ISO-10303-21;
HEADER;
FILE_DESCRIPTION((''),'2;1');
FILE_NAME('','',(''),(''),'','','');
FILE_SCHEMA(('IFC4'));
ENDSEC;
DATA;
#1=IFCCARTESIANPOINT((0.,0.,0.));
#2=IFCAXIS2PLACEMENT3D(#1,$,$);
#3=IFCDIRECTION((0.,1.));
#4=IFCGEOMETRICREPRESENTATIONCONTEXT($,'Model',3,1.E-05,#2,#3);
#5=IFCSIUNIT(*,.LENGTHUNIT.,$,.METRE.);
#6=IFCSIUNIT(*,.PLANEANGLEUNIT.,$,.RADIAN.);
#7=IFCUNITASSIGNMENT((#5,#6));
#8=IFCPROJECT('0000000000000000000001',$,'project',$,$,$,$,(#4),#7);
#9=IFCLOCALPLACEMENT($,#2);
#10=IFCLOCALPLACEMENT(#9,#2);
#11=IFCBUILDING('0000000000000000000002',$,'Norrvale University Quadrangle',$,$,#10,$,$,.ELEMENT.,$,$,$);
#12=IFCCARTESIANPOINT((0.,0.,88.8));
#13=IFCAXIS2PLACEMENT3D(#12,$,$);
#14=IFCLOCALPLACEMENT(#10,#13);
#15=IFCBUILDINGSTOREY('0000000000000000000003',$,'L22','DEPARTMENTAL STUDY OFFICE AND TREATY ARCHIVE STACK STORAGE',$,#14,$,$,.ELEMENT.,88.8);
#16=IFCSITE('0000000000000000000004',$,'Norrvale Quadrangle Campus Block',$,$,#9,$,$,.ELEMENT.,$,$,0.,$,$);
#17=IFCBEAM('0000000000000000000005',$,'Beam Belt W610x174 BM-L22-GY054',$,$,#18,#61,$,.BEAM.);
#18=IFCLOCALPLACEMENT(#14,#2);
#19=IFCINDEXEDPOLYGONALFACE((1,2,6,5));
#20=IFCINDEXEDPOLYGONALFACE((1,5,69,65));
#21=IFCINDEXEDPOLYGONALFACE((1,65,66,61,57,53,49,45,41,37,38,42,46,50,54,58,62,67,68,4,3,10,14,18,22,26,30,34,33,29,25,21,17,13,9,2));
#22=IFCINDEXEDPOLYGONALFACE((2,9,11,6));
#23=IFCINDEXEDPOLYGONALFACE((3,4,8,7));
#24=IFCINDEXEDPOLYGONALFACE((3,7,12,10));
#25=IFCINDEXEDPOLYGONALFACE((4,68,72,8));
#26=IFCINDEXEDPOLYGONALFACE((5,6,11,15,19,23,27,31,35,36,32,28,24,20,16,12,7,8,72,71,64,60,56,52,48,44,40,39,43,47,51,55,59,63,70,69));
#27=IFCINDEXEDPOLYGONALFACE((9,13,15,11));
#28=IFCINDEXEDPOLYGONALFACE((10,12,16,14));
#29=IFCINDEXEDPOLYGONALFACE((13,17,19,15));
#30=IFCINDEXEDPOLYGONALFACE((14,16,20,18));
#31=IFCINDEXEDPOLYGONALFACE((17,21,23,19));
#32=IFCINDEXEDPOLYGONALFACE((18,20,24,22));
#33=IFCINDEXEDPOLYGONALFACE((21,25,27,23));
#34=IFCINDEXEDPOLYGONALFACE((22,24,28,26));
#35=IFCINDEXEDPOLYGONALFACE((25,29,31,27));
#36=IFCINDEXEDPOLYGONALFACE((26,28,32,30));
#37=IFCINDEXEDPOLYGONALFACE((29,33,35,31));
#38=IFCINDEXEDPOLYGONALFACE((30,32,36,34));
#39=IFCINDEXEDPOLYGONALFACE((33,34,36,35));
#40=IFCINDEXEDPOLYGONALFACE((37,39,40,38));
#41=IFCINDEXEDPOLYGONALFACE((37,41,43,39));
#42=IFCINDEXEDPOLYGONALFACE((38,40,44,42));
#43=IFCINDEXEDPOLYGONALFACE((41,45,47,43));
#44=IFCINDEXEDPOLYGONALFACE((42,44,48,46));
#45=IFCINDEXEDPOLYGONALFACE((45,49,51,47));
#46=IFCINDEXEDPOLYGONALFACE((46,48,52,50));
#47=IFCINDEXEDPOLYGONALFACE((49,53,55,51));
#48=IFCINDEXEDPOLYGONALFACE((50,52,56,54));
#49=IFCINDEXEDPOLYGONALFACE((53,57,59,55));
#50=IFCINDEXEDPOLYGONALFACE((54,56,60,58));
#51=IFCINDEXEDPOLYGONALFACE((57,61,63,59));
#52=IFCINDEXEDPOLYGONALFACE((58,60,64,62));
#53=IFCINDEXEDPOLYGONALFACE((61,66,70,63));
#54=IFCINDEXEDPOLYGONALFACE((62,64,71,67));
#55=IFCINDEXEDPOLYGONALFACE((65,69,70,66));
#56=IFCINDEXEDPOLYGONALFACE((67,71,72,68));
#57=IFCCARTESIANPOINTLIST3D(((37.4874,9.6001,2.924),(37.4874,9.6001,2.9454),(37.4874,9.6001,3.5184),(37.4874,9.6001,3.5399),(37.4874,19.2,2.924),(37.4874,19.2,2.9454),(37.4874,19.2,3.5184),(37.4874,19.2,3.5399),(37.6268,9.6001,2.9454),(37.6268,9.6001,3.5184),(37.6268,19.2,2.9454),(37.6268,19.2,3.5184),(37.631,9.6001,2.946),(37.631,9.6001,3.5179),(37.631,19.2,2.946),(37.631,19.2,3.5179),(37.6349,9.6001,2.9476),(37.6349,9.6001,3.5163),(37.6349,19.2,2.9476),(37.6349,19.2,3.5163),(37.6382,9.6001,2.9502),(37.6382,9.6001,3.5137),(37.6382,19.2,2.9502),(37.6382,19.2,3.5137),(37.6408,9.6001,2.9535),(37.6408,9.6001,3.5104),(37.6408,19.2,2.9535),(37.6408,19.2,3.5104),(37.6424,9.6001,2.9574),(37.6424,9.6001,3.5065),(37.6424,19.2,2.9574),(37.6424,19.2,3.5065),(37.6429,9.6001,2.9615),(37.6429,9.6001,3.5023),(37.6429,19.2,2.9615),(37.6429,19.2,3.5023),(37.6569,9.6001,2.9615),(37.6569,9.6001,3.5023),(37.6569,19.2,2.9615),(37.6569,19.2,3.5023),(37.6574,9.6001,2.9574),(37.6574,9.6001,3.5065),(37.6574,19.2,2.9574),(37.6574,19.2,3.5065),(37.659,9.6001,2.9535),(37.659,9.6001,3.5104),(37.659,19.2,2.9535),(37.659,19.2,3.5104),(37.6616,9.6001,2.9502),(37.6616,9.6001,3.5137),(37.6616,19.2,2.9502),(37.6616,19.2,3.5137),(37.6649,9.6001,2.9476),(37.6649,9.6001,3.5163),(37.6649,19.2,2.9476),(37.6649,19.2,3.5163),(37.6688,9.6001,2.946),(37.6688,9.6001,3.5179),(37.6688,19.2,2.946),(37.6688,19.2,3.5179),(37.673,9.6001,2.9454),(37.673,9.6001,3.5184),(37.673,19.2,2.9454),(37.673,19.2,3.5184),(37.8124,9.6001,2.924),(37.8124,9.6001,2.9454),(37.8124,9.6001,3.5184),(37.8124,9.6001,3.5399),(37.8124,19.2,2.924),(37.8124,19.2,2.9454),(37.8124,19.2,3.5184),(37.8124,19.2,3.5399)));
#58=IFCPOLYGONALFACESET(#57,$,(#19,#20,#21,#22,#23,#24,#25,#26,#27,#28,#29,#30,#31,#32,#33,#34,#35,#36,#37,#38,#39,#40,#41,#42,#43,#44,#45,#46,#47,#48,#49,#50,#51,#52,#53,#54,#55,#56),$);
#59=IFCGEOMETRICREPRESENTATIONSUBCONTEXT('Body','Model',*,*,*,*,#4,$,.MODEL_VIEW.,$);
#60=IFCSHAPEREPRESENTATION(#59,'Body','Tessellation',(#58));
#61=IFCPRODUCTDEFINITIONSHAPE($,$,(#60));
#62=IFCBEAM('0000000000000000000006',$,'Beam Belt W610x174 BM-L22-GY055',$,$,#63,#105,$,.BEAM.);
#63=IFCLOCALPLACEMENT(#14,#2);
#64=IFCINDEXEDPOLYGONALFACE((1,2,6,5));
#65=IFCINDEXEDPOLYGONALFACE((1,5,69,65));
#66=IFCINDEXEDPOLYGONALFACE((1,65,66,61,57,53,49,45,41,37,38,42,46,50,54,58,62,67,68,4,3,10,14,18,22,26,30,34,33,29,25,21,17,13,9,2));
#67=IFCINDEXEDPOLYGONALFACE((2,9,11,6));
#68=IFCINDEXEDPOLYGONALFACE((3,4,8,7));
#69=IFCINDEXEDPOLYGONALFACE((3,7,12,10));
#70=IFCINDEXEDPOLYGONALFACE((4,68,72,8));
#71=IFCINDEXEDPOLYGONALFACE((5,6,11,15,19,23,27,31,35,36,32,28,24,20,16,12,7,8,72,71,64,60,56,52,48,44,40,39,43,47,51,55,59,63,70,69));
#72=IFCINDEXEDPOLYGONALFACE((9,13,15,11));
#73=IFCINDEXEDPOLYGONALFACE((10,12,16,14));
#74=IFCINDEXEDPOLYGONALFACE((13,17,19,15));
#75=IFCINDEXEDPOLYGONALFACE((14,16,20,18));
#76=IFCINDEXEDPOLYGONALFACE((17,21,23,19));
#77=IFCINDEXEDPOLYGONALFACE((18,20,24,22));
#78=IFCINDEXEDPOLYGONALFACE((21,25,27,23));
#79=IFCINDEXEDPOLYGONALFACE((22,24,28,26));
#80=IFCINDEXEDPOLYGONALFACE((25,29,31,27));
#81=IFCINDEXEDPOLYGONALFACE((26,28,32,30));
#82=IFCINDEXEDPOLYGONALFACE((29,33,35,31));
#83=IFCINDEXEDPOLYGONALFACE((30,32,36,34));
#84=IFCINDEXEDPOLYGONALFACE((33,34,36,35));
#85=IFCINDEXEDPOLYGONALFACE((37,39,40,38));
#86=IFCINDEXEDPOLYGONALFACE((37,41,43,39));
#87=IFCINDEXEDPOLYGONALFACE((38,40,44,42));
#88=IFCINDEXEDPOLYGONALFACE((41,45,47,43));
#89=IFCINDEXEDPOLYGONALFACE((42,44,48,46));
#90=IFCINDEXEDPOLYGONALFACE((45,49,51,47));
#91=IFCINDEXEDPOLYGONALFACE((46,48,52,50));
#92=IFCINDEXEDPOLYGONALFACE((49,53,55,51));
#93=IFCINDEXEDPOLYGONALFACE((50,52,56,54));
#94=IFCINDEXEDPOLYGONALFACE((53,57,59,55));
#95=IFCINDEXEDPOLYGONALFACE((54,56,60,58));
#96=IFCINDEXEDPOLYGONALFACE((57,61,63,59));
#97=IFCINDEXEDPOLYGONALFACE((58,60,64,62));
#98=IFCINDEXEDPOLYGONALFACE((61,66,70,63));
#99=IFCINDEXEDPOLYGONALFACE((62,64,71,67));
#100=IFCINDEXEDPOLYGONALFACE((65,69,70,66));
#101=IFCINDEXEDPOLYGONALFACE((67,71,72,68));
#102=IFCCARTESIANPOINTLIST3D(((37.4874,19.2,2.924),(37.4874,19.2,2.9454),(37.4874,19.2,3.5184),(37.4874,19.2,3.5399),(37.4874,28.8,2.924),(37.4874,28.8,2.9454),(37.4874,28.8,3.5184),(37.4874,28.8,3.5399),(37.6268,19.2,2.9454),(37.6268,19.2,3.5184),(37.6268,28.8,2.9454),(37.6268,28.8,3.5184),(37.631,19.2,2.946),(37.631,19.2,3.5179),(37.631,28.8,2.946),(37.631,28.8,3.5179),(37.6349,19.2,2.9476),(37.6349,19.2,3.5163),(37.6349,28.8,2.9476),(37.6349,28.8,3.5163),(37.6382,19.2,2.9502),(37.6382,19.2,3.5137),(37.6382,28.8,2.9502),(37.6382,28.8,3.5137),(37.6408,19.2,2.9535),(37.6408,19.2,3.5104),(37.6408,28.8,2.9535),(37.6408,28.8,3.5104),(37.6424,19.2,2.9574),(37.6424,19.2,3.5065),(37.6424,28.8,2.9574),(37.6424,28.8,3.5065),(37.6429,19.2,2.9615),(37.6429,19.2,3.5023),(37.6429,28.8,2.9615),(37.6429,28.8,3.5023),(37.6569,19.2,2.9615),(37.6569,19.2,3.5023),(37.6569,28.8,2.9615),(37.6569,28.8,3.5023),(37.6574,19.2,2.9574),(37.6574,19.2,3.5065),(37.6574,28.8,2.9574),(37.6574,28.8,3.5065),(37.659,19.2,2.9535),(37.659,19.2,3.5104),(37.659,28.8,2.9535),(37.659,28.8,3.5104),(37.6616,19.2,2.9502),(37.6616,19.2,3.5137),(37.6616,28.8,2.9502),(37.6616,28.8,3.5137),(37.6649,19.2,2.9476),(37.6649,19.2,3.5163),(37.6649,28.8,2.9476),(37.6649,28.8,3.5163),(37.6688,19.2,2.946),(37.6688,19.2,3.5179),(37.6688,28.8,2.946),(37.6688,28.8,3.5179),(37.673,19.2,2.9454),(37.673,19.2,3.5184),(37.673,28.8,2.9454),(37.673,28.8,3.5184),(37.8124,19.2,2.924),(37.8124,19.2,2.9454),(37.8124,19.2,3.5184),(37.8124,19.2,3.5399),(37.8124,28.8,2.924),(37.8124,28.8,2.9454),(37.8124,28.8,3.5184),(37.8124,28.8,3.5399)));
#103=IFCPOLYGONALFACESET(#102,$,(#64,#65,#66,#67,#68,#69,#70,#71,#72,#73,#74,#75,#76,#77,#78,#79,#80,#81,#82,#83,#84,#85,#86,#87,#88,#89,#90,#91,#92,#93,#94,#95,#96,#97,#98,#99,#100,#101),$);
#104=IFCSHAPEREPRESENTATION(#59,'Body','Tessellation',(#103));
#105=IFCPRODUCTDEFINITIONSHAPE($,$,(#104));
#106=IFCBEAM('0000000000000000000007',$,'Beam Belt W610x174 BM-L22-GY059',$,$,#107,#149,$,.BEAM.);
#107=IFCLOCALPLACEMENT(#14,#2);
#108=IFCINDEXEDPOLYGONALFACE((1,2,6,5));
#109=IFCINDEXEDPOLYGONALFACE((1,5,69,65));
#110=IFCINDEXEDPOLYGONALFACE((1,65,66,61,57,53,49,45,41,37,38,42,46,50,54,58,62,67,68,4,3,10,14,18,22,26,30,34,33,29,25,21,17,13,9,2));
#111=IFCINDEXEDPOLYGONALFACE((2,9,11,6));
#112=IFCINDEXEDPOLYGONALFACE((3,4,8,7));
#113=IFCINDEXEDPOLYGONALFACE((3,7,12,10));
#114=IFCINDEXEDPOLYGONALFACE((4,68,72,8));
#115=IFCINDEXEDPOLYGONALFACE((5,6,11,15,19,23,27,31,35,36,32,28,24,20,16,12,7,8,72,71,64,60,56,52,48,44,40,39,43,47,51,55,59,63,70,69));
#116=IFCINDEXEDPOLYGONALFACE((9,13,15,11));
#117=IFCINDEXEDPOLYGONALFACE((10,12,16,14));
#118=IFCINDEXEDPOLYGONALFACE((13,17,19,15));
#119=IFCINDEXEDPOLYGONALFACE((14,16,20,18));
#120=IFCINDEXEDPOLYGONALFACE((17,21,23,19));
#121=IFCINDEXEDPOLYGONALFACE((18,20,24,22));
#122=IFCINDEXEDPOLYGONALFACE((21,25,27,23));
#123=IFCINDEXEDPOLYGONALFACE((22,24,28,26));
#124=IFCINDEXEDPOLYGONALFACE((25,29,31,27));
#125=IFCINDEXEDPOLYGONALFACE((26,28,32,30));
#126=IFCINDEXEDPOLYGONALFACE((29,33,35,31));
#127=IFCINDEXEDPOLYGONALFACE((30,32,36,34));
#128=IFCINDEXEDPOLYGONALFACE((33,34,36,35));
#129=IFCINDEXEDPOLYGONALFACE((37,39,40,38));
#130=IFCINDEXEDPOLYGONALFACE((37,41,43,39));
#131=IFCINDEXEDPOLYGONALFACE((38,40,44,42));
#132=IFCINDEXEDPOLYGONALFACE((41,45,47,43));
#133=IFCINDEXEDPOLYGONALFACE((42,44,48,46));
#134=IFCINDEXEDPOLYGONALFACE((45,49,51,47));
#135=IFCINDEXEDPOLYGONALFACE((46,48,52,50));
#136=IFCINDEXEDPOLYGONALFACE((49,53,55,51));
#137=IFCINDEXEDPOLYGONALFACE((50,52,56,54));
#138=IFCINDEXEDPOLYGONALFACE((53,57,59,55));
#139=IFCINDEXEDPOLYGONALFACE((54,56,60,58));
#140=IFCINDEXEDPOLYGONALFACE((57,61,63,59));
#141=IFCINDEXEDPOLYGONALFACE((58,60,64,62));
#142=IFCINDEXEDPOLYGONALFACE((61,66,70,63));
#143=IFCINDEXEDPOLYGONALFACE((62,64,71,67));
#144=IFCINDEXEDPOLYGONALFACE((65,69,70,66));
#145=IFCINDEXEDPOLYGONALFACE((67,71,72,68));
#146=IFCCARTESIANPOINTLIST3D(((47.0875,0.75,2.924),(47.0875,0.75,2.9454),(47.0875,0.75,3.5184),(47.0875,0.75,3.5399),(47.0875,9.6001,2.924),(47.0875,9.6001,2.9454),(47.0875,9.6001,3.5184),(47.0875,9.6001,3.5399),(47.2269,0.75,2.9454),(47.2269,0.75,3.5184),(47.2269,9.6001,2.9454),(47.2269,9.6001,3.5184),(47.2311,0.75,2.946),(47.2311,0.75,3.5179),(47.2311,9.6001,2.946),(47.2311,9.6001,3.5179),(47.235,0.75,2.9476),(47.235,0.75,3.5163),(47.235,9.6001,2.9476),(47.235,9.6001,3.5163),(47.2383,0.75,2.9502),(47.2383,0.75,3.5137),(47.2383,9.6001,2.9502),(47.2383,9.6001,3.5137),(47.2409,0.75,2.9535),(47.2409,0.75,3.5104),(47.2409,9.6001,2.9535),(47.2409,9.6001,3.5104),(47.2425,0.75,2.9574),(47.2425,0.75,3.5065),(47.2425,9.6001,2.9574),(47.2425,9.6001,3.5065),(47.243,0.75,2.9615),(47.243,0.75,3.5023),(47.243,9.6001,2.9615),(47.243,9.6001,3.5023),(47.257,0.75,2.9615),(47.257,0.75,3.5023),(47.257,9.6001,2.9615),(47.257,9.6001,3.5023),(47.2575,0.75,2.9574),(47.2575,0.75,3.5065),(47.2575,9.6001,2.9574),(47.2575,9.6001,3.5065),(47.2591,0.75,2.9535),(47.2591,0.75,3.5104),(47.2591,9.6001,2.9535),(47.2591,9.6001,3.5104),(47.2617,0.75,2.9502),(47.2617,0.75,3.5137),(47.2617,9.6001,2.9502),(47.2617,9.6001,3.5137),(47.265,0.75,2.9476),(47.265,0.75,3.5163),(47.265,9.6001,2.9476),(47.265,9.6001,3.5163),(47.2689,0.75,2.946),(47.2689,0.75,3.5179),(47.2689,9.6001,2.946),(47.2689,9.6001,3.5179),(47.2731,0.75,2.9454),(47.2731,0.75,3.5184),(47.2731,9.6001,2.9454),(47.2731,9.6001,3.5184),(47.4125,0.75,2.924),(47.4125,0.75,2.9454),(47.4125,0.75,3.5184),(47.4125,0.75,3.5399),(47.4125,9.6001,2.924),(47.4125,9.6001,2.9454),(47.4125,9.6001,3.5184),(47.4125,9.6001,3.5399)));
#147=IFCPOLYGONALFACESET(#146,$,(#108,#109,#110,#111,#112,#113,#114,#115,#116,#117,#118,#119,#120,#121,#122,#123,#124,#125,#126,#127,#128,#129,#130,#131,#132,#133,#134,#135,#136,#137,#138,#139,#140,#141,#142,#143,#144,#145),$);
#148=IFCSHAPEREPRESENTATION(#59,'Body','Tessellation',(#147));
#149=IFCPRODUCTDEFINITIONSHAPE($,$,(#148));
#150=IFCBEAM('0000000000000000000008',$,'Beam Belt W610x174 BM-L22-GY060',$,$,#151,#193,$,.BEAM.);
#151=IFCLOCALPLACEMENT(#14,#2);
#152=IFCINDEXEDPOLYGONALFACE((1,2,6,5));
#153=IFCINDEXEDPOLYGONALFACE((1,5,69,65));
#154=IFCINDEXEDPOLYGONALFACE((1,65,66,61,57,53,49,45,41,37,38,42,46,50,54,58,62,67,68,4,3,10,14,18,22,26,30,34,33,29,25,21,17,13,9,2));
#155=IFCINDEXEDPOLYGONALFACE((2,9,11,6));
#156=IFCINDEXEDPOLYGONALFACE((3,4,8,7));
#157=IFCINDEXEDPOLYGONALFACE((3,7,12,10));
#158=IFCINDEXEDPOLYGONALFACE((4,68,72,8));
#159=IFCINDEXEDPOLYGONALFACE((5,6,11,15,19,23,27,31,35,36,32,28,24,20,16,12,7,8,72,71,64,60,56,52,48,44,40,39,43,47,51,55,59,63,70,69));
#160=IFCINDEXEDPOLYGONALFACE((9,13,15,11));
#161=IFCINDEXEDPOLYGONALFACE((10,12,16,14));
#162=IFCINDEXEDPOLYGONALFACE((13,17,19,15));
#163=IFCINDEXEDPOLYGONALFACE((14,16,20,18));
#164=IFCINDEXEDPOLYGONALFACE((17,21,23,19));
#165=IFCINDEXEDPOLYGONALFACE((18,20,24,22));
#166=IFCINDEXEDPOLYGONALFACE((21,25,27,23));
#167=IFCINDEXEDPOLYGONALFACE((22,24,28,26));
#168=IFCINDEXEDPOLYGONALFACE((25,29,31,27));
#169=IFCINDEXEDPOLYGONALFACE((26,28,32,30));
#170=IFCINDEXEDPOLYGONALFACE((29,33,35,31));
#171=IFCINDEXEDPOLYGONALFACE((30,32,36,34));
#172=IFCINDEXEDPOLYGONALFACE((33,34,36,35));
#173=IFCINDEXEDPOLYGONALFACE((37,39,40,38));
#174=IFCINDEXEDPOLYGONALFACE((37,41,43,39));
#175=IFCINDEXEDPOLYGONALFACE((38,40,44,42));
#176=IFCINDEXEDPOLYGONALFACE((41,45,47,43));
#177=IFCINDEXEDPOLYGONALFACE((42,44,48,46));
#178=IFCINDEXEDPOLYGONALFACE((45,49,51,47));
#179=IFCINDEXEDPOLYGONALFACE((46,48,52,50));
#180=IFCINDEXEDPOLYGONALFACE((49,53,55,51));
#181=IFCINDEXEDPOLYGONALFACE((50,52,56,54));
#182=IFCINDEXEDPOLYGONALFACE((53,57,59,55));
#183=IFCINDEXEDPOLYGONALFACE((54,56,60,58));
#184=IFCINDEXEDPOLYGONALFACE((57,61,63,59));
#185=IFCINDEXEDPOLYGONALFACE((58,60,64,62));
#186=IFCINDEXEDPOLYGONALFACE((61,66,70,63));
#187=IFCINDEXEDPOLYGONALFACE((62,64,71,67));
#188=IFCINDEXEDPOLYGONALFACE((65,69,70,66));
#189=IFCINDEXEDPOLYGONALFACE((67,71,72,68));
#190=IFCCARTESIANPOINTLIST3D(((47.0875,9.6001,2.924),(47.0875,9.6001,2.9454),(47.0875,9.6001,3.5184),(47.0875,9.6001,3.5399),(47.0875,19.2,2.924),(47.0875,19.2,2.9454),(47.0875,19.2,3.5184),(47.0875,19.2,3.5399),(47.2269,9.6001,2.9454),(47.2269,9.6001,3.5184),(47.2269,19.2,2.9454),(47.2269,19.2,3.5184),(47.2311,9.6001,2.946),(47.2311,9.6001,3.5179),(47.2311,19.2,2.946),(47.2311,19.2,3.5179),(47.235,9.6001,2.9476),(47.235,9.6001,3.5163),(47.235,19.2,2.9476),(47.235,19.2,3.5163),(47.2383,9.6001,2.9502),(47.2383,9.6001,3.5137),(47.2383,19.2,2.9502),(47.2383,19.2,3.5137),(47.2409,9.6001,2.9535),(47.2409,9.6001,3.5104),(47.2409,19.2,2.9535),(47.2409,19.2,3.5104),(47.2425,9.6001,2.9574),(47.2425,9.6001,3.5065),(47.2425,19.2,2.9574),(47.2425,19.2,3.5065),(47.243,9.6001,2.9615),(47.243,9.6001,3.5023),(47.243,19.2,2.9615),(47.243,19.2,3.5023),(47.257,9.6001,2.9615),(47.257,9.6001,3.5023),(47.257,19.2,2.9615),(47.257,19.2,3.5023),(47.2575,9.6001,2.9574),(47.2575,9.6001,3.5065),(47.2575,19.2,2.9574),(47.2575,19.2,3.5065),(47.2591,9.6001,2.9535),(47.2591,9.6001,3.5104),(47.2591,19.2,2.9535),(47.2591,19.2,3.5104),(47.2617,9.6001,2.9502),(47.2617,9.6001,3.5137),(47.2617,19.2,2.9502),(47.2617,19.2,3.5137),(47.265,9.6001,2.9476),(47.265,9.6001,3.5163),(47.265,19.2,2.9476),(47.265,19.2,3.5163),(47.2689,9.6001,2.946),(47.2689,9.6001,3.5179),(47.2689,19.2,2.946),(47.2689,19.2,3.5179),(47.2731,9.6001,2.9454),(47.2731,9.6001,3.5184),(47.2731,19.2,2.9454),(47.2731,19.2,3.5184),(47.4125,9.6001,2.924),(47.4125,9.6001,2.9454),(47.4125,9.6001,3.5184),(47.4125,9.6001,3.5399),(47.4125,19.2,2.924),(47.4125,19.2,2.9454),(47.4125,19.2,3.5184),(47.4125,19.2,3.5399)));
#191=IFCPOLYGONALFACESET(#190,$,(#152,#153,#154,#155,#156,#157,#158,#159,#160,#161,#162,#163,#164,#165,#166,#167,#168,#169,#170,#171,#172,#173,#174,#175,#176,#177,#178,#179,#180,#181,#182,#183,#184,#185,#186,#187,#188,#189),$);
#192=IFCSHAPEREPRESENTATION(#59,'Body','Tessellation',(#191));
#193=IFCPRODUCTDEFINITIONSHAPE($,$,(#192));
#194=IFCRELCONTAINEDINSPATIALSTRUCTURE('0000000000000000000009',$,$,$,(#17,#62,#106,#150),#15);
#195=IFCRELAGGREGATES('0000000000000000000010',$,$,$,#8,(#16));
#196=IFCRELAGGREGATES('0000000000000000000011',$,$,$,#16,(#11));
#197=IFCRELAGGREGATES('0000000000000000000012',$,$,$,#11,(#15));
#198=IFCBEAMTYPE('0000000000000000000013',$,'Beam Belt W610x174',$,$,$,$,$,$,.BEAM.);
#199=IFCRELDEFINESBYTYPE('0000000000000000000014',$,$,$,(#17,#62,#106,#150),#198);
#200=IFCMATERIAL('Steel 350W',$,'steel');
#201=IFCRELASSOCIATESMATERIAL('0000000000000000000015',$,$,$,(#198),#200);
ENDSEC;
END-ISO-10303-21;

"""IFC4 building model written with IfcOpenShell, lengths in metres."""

from ifc_helpers import new_model, si_unit, direction, frame, origin, origin_2d, place, context, subcontext, project, spatial, i_section, extrude, material, material_profile, profile_set, type_object, element, save


model = new_model("IFC4")

# Units and contexts
model_context = context("Model", 3, precision=1e-05, world=origin(), true_north=direction((0.0, 1.0)))
body_context = subcontext(model_context, "Body", "Model", "MODEL_VIEW")
ifc_project = project(units=[si_unit("LENGTHUNIT", "METRE"), si_unit("PLANEANGLEUNIT", "RADIAN")], contexts=[model_context])

# Site, building, storey
site_placement = place(None, origin())
site = spatial("IfcSite", under=ifc_project, at=site_placement, Name="Norrvale Quadrangle Campus Block", CompositionType="ELEMENT", RefElevation=0.0)
building_placement = place(site_placement, origin())
building = spatial("IfcBuilding", under=site, at=building_placement, Name="Norrvale University Quadrangle", CompositionType="ELEMENT")
storey_placement = place(building_placement, frame((0.0, 0.0, 88.8)))
storey = spatial("IfcBuildingStorey", under=building, at=storey_placement, Name="L22", Description="DEPARTMENTAL STUDY OFFICE AND TREATY ARCHIVE STACK STORAGE", CompositionType="ELEMENT", Elevation=88.8)

# Beams
ifc_material_1 = material(Name="Steel 350W", Category="steel")
ifc_material_profile_1 = material_profile(ifc_material_1, i_section(OverallWidth=0.325, OverallDepth=0.616, WebThickness=0.0139, FlangeThickness=0.0215, FilletRadius=0.0161, at=origin_2d()), Name="Steel 350W")
ifc_profile_set_1 = profile_set([ifc_material_profile_1], Name="Steel 350W")
beam_type_1 = type_object("IfcBeamType", Name="Beam Belt W610x174", PredefinedType="BEAM", material=ifc_profile_set_1)
beam_1_placement = place(storey_placement, frame((37.6499, 9.6001, 3.2319), z_axis=(0.0, 1.0, 0.0), x_axis=(-1.0, 0.0, 0.0)))
element("IfcBeam", 1, at=beam_1_placement, inside=storey, type_object=beam_type_1, Name="Beam Belt W610x174 BM-L22-GY054", PredefinedType="BEAM", context=body_context, shape_type="SweptSolid", body=[
    extrude(i_section(OverallWidth=0.325, OverallDepth=0.616, WebThickness=0.0139, FlangeThickness=0.0215, FilletRadius=0.0161, at=origin_2d()), origin(), (0.0, 0.0, 1.0), 9.5999),
])
beam_2_placement = place(storey_placement, frame((37.6499, 19.2, 3.2319), z_axis=(0.0, 1.0, 0.0), x_axis=(-1.0, 0.0, 0.0)))
element("IfcBeam", 2, at=beam_2_placement, inside=storey, type_object=beam_type_1, Name="Beam Belt W610x174 BM-L22-GY055", PredefinedType="BEAM", context=body_context, shape_type="SweptSolid", body=[
    extrude(i_section(OverallWidth=0.325, OverallDepth=0.616, WebThickness=0.0139, FlangeThickness=0.0215, FilletRadius=0.0161, at=origin_2d()), origin(), (0.0, 0.0, 1.0), 9.6001),
])
beam_3_placement = place(storey_placement, frame((47.25, 0.75, 3.2319), z_axis=(0.0, 1.0, 0.0), x_axis=(-1.0, 0.0, 0.0)))
element("IfcBeam", 3, at=beam_3_placement, inside=storey, type_object=beam_type_1, Name="Beam Belt W610x174 BM-L22-GY059", PredefinedType="BEAM", context=body_context, shape_type="SweptSolid", body=[
    extrude(i_section(OverallWidth=0.325, OverallDepth=0.616, WebThickness=0.0139, FlangeThickness=0.0215, FilletRadius=0.0161, at=origin_2d()), origin(), (0.0, 0.0, 1.0), 8.8501),
])
beam_4_placement = place(storey_placement, frame((47.25, 9.6001, 3.2319), z_axis=(0.0, 1.0, 0.0), x_axis=(-1.0, 0.0, 0.0)))
element("IfcBeam", 4, at=beam_4_placement, inside=storey, type_object=beam_type_1, Name="Beam Belt W610x174 BM-L22-GY060", PredefinedType="BEAM", context=body_context, shape_type="SweptSolid", body=[
    extrude(i_section(OverallWidth=0.325, OverallDepth=0.616, WebThickness=0.0139, FlangeThickness=0.0215, FilletRadius=0.0161, at=origin_2d()), origin(), (0.0, 0.0, 1.0), 9.5999),
])

save(model, "model.ifc")
